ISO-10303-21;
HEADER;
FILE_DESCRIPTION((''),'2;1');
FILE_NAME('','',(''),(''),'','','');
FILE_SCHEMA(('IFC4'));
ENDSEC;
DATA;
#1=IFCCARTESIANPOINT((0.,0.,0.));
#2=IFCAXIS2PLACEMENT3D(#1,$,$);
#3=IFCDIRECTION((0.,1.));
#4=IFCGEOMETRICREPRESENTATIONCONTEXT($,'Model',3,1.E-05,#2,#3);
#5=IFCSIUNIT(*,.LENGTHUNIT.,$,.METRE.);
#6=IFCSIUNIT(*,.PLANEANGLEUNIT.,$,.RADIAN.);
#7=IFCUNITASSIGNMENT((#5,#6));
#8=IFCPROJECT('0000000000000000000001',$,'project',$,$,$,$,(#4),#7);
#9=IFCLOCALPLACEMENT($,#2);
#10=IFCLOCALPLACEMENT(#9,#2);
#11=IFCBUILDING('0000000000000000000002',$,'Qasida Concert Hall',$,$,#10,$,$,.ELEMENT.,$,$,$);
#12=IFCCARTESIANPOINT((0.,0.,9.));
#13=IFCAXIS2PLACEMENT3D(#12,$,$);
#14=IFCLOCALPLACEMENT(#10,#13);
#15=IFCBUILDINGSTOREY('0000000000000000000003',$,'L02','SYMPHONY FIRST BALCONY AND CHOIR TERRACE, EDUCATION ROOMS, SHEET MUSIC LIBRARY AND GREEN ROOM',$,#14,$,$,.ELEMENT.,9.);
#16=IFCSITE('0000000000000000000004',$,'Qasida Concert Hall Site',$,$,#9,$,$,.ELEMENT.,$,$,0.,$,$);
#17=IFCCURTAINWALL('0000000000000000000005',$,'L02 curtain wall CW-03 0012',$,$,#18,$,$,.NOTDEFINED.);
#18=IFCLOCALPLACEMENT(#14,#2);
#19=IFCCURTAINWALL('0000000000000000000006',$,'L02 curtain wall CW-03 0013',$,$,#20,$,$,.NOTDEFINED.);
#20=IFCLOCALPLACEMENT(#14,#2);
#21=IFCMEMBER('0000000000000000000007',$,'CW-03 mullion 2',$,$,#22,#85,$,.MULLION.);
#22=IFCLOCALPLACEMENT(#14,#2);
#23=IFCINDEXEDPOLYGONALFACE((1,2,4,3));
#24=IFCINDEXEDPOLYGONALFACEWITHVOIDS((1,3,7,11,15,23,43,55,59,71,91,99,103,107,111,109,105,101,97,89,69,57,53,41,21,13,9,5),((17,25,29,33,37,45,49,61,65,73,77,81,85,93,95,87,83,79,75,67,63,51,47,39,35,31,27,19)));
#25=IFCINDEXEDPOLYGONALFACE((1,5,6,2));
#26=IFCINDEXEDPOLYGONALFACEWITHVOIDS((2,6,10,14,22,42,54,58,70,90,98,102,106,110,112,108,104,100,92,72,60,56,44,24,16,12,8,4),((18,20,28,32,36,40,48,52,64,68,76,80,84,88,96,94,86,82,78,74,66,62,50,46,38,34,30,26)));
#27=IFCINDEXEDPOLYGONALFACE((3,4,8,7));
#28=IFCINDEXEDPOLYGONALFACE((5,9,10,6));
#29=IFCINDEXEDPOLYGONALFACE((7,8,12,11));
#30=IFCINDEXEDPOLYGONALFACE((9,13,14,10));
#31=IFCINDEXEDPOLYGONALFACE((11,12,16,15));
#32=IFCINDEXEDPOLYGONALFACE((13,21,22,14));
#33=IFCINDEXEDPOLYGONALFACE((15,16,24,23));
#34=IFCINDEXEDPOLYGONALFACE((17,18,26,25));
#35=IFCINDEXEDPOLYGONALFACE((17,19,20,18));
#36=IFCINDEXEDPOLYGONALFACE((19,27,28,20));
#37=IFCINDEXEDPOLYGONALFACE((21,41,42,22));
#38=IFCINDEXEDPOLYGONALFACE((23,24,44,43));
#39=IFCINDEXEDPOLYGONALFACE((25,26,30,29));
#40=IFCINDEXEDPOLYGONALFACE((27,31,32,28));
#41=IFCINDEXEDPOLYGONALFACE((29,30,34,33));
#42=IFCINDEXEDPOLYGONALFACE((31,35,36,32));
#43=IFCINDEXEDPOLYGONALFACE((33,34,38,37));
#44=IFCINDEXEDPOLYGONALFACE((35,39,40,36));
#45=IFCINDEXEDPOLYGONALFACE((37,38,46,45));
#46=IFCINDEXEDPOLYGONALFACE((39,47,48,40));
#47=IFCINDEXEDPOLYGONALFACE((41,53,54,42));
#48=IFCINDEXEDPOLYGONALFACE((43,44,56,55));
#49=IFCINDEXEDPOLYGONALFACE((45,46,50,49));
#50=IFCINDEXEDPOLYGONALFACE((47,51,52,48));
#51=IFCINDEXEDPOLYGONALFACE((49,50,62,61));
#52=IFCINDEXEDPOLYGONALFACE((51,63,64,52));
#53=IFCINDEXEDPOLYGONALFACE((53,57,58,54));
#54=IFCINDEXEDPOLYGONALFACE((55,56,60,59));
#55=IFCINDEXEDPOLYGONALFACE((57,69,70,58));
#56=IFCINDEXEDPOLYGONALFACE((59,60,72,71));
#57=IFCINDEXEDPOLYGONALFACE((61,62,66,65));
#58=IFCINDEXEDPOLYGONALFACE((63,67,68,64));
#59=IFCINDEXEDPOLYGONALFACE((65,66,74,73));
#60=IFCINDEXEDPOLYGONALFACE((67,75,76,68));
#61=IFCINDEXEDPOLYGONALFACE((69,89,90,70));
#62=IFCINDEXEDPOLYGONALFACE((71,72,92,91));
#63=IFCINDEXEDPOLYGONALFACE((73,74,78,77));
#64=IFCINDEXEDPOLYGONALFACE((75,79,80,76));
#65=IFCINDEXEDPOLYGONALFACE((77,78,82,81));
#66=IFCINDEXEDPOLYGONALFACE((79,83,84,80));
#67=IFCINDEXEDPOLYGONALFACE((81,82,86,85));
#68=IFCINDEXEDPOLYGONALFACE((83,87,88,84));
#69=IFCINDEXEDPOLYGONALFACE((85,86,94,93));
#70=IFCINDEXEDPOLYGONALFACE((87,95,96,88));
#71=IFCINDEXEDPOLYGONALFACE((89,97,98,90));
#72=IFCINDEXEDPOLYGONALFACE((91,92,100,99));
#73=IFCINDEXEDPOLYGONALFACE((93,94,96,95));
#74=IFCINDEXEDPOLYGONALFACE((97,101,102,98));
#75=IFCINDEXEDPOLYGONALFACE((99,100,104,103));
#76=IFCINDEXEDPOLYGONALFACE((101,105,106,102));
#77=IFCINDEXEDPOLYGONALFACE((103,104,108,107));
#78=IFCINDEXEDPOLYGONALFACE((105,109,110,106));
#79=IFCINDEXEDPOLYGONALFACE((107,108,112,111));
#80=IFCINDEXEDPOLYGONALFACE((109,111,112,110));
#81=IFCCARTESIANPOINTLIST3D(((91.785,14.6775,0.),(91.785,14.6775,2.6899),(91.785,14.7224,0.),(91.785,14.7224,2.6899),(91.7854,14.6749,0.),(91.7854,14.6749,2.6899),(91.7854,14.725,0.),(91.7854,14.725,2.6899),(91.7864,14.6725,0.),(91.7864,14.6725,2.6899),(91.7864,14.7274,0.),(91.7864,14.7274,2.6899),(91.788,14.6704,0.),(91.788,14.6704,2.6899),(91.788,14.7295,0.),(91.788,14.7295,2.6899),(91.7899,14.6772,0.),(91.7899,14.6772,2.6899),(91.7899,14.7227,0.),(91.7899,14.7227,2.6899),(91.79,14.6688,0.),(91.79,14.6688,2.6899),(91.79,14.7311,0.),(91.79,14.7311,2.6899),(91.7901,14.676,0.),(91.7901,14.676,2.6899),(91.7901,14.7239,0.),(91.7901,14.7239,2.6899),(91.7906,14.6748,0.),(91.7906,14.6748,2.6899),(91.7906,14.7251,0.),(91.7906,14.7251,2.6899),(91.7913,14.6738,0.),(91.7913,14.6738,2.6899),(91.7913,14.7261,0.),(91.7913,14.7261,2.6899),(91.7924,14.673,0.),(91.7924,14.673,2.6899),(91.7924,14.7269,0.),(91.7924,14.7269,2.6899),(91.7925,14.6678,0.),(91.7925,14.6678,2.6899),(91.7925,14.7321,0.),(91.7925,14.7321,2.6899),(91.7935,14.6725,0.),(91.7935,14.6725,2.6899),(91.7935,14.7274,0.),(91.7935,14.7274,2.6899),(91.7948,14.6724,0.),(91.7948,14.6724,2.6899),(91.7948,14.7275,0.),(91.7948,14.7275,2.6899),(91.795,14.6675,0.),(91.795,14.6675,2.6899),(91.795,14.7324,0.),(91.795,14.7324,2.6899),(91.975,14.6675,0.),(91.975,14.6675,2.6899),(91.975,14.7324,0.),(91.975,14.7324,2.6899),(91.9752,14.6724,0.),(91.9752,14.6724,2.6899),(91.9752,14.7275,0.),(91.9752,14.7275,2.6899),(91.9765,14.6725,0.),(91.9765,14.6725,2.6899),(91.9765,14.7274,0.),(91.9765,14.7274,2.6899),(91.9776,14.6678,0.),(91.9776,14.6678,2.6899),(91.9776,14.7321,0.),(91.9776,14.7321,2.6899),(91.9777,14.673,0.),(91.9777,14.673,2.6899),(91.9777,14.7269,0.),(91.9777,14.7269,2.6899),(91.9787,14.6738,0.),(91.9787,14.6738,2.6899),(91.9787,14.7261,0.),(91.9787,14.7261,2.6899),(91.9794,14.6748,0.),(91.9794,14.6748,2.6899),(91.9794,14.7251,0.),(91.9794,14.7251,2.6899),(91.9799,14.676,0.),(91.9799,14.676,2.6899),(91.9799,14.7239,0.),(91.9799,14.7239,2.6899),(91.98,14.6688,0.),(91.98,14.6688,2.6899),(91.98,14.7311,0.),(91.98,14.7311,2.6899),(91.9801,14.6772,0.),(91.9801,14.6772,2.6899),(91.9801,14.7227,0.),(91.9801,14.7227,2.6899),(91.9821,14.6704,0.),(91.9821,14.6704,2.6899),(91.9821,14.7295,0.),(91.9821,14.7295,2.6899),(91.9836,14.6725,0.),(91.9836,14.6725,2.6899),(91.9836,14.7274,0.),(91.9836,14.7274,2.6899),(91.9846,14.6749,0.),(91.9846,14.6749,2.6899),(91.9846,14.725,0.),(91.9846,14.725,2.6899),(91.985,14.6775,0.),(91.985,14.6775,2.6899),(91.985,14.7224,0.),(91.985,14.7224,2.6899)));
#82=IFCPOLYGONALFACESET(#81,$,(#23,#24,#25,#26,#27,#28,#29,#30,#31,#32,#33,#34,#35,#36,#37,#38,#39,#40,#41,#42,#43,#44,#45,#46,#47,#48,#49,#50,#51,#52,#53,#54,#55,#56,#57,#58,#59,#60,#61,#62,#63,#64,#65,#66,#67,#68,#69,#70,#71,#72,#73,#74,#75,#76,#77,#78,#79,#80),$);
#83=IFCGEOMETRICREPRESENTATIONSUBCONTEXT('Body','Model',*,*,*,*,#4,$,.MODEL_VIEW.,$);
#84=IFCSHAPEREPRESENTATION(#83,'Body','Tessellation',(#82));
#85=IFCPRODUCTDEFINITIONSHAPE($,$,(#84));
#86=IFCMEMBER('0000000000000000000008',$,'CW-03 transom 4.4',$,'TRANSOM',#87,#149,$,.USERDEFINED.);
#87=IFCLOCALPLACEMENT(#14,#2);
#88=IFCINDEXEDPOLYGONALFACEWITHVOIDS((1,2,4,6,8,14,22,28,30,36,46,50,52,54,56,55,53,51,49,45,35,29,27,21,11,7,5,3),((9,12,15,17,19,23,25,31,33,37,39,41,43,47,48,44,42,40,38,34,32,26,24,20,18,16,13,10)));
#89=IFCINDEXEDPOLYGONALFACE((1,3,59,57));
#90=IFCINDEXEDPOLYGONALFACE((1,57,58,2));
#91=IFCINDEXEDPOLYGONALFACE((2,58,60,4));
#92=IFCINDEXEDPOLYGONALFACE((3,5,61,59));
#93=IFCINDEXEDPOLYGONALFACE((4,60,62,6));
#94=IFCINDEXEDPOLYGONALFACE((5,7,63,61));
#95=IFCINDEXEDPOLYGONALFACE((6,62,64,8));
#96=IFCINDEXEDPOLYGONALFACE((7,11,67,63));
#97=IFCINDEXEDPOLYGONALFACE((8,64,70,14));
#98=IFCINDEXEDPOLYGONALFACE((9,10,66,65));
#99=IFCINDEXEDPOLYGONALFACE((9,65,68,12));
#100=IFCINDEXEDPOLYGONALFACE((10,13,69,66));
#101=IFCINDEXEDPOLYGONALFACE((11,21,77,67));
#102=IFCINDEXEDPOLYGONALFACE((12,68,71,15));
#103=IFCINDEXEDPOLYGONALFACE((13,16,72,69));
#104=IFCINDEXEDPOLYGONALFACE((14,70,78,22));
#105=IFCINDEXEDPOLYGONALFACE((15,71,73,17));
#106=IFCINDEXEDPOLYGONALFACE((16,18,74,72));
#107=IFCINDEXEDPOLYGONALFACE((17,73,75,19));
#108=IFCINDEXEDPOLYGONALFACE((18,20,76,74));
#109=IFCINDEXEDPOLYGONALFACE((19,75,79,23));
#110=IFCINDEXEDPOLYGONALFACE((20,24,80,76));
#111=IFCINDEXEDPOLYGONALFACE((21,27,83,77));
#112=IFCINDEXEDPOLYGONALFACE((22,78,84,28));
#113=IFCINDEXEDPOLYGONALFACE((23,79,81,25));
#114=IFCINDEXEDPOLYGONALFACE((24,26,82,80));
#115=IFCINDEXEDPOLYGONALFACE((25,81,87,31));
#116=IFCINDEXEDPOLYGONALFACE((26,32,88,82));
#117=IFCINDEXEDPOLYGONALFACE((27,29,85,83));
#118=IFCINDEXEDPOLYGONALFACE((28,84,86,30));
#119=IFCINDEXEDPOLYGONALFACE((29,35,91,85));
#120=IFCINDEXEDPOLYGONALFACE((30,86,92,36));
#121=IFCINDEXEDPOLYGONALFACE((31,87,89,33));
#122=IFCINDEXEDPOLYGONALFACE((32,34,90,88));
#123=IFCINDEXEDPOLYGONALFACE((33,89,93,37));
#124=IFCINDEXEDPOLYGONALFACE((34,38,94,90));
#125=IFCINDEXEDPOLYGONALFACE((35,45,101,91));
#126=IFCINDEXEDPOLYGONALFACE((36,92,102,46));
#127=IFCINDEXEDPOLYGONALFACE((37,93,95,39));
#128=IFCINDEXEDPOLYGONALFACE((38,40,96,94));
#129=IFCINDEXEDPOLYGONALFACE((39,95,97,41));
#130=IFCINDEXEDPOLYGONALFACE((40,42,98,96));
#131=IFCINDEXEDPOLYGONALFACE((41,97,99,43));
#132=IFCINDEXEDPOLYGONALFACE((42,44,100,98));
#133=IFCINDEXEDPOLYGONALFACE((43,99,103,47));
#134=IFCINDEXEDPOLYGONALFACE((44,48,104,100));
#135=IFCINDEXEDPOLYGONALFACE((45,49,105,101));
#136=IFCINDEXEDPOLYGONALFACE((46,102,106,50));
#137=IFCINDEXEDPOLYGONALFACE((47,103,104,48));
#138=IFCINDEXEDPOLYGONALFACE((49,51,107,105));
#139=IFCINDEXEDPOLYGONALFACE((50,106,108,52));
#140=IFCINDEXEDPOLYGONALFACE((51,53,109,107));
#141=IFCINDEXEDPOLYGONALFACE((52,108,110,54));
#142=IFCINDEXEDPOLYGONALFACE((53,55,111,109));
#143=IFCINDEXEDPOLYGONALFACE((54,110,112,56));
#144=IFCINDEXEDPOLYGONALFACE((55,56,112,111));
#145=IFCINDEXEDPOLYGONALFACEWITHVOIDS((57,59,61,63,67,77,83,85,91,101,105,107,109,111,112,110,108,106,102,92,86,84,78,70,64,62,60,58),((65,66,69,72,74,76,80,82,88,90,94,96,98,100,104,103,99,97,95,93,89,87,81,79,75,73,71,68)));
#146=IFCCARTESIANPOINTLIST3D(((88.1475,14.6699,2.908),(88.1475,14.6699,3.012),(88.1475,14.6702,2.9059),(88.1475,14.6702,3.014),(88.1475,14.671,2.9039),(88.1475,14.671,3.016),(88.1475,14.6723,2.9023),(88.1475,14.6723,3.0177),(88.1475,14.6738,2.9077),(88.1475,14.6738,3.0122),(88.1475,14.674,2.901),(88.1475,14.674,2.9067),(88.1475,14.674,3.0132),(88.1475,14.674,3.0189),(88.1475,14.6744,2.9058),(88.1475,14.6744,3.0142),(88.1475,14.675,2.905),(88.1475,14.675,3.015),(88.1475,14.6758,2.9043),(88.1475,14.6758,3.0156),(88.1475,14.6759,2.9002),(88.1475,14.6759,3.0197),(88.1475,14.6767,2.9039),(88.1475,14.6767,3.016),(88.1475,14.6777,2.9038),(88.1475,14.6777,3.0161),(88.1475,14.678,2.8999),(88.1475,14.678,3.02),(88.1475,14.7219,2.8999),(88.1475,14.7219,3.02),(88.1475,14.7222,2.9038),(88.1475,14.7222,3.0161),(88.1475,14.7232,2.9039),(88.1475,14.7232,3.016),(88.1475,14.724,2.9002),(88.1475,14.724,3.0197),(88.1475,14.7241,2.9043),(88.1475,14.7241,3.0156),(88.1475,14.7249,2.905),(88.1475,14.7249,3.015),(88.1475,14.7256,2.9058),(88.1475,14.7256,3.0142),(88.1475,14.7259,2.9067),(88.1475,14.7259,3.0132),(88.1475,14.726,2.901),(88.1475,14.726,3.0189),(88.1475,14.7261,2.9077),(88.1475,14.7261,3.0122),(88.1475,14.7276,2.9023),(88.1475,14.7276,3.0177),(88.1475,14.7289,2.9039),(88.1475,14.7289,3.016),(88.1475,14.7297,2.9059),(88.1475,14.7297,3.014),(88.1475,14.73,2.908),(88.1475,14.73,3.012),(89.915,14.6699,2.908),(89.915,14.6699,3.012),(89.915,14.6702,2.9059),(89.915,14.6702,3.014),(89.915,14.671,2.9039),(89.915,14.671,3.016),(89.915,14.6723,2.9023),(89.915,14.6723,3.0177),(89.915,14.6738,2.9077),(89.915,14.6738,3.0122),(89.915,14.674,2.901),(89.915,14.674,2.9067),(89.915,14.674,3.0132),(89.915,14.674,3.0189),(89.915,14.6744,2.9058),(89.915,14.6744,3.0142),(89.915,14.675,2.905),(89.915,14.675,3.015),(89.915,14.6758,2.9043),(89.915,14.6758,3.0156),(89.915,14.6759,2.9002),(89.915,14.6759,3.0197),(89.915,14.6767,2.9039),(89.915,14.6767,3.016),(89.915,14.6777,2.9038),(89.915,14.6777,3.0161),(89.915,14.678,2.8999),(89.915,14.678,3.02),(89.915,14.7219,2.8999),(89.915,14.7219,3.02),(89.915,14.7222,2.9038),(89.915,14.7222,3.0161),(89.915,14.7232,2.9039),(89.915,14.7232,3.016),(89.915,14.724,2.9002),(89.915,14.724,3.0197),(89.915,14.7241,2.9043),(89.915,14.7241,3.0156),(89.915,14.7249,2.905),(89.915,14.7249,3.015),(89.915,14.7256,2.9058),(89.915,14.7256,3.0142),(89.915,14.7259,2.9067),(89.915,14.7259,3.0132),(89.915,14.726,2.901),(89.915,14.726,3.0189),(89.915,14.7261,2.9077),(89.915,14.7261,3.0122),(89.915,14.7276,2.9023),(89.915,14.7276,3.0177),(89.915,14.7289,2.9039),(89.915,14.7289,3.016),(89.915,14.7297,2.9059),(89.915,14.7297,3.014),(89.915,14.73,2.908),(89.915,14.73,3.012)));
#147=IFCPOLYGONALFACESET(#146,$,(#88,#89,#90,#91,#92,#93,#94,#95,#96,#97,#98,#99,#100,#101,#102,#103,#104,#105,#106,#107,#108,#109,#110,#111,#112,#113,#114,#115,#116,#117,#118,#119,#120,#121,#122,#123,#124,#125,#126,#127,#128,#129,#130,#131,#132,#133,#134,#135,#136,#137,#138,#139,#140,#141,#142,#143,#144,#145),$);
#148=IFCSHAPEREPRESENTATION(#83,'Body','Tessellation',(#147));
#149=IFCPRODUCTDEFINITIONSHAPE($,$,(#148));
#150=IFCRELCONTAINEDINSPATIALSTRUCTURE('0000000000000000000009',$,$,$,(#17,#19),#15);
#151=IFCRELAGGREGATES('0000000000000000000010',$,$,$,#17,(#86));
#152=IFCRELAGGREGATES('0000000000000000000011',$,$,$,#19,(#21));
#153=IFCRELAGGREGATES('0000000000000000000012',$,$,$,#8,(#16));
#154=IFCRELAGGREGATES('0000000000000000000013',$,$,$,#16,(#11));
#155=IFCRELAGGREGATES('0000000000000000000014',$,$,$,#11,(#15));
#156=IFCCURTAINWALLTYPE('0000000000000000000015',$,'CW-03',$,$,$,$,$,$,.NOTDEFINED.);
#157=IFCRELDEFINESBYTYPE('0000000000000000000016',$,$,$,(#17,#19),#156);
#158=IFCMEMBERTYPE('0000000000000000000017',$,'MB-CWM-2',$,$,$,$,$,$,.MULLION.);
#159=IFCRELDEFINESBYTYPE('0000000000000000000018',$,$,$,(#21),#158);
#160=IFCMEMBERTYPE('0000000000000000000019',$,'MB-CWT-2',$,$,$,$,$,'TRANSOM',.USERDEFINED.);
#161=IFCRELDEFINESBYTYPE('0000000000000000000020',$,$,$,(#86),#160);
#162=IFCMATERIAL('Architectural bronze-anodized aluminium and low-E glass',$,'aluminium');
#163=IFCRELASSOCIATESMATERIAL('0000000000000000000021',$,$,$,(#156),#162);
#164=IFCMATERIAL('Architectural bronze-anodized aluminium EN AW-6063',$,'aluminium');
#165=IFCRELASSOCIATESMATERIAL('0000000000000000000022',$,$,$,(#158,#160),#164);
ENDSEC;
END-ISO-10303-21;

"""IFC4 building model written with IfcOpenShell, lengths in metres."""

from ifc_helpers import new_model, si_unit, direction, frame, origin, origin_2d, place, context, subcontext, project, spatial, hollow_rectangle, extrude, material, material_profile, profile_set, type_object, element, aggregate, save


model = new_model("IFC4")

# Units and contexts
model_context = context("Model", 3, precision=1e-05, world=origin(), true_north=direction((0.0, 1.0)))
body_context = subcontext(model_context, "Body", "Model", "MODEL_VIEW")
ifc_project = project(units=[si_unit("LENGTHUNIT", "METRE"), si_unit("PLANEANGLEUNIT", "RADIAN")], contexts=[model_context])

# Site, building, storey
site_placement = place(None, origin())
site = spatial("IfcSite", under=ifc_project, at=site_placement, Name="Qasida Concert Hall Site", CompositionType="ELEMENT", RefElevation=0.0)
building_placement = place(site_placement, origin())
building = spatial("IfcBuilding", under=site, at=building_placement, Name="Qasida Concert Hall", CompositionType="ELEMENT")
storey_placement = place(building_placement, frame((0.0, 0.0, 9.0)))
storey = spatial("IfcBuildingStorey", under=building, at=storey_placement, Name="L02", Description="SYMPHONY FIRST BALCONY AND CHOIR TERRACE, EDUCATION ROOMS, SHEET MUSIC LIBRARY AND GREEN ROOM", CompositionType="ELEMENT", Elevation=9.0)

# Curtain wall
ifc_material_1 = material(Name="Architectural bronze-anodized aluminium and low-E glass", Category="aluminium")
curtain_wall_type = type_object("IfcCurtainWallType", Name="CW-03", PredefinedType="NOTDEFINED", material=ifc_material_1)
curtain_wall_1_placement = place(storey_placement, origin())
curtain_wall_1 = element("IfcCurtainWall", 1, at=curtain_wall_1_placement, inside=storey, type_object=curtain_wall_type, Name="L02 curtain wall CW-03 0012", PredefinedType="NOTDEFINED")
ifc_material_2 = material(Name="Architectural bronze-anodized aluminium EN AW-6063", Category="aluminium")
ifc_material_profile_1 = material_profile(ifc_material_2, hollow_rectangle(XDim=0.0649, YDim=0.2, WallThickness=0.0049, InnerFilletRadius=0.0049, OuterFilletRadius=0.01, at=origin_2d()), Name="CWM 200x65x5")
ifc_profile_set_1 = profile_set([ifc_material_profile_1], Name="Architectural bronze-anodized aluminium EN AW-6063")
member_type_1 = type_object("IfcMemberType", Name="MB-CWM-2", PredefinedType="MULLION", material=ifc_profile_set_1)

# Curtain wall, member
curtain_wall_2_placement = place(storey_placement, origin())
curtain_wall_2 = element("IfcCurtainWall", 2, at=curtain_wall_2_placement, inside=storey, type_object=curtain_wall_type, Name="L02 curtain wall CW-03 0013", PredefinedType="NOTDEFINED")
member_1_placement = place(storey_placement, frame((91.885, 14.7, 0.0), z_axis=(0.0, 0.0, 1.0), x_axis=(0.0, 1.0, 0.0)))
member_1 = element("IfcMember", 3, at=member_1_placement, type_object=member_type_1, Name="CW-03 mullion 2", PredefinedType="MULLION", context=body_context, shape_type="SweptSolid", body=[
    extrude(hollow_rectangle(XDim=0.0649, YDim=0.2, WallThickness=0.0049, InnerFilletRadius=0.0049, OuterFilletRadius=0.01, at=origin_2d()), origin(), (0.0, 0.0, 1.0), 2.6899),
])

# Member
ifc_material_profile_2 = material_profile(ifc_material_2, hollow_rectangle(XDim=0.0601, YDim=0.1201, WallThickness=0.0039, InnerFilletRadius=0.0039, OuterFilletRadius=0.0081, at=origin_2d()), Name="CWT 120x60x4")
ifc_profile_set_2 = profile_set([ifc_material_profile_2], Name="Architectural bronze-anodized aluminium EN AW-6063")
member_type_2 = type_object("IfcMemberType", Name="MB-CWT-2", ElementType="TRANSOM", PredefinedType="USERDEFINED", material=ifc_profile_set_2)
member_2_placement = place(storey_placement, frame((88.1475, 14.7, 2.96), z_axis=(1.0, 0.0, 0.0), x_axis=(0.0, 1.0, 0.0)))
member_2 = element("IfcMember", 4, at=member_2_placement, type_object=member_type_2, Name="CW-03 transom 4.4", ObjectType="TRANSOM", PredefinedType="USERDEFINED", context=body_context, shape_type="SweptSolid", body=[
    extrude(hollow_rectangle(XDim=0.0601, YDim=0.1201, WallThickness=0.0039, InnerFilletRadius=0.0039, OuterFilletRadius=0.0081, at=origin_2d()), origin(), (0.0, 0.0, 1.0), 1.7676),
])

aggregate(curtain_wall_1, [member_2])
aggregate(curtain_wall_2, [member_1])

save(model, "model.ifc")
